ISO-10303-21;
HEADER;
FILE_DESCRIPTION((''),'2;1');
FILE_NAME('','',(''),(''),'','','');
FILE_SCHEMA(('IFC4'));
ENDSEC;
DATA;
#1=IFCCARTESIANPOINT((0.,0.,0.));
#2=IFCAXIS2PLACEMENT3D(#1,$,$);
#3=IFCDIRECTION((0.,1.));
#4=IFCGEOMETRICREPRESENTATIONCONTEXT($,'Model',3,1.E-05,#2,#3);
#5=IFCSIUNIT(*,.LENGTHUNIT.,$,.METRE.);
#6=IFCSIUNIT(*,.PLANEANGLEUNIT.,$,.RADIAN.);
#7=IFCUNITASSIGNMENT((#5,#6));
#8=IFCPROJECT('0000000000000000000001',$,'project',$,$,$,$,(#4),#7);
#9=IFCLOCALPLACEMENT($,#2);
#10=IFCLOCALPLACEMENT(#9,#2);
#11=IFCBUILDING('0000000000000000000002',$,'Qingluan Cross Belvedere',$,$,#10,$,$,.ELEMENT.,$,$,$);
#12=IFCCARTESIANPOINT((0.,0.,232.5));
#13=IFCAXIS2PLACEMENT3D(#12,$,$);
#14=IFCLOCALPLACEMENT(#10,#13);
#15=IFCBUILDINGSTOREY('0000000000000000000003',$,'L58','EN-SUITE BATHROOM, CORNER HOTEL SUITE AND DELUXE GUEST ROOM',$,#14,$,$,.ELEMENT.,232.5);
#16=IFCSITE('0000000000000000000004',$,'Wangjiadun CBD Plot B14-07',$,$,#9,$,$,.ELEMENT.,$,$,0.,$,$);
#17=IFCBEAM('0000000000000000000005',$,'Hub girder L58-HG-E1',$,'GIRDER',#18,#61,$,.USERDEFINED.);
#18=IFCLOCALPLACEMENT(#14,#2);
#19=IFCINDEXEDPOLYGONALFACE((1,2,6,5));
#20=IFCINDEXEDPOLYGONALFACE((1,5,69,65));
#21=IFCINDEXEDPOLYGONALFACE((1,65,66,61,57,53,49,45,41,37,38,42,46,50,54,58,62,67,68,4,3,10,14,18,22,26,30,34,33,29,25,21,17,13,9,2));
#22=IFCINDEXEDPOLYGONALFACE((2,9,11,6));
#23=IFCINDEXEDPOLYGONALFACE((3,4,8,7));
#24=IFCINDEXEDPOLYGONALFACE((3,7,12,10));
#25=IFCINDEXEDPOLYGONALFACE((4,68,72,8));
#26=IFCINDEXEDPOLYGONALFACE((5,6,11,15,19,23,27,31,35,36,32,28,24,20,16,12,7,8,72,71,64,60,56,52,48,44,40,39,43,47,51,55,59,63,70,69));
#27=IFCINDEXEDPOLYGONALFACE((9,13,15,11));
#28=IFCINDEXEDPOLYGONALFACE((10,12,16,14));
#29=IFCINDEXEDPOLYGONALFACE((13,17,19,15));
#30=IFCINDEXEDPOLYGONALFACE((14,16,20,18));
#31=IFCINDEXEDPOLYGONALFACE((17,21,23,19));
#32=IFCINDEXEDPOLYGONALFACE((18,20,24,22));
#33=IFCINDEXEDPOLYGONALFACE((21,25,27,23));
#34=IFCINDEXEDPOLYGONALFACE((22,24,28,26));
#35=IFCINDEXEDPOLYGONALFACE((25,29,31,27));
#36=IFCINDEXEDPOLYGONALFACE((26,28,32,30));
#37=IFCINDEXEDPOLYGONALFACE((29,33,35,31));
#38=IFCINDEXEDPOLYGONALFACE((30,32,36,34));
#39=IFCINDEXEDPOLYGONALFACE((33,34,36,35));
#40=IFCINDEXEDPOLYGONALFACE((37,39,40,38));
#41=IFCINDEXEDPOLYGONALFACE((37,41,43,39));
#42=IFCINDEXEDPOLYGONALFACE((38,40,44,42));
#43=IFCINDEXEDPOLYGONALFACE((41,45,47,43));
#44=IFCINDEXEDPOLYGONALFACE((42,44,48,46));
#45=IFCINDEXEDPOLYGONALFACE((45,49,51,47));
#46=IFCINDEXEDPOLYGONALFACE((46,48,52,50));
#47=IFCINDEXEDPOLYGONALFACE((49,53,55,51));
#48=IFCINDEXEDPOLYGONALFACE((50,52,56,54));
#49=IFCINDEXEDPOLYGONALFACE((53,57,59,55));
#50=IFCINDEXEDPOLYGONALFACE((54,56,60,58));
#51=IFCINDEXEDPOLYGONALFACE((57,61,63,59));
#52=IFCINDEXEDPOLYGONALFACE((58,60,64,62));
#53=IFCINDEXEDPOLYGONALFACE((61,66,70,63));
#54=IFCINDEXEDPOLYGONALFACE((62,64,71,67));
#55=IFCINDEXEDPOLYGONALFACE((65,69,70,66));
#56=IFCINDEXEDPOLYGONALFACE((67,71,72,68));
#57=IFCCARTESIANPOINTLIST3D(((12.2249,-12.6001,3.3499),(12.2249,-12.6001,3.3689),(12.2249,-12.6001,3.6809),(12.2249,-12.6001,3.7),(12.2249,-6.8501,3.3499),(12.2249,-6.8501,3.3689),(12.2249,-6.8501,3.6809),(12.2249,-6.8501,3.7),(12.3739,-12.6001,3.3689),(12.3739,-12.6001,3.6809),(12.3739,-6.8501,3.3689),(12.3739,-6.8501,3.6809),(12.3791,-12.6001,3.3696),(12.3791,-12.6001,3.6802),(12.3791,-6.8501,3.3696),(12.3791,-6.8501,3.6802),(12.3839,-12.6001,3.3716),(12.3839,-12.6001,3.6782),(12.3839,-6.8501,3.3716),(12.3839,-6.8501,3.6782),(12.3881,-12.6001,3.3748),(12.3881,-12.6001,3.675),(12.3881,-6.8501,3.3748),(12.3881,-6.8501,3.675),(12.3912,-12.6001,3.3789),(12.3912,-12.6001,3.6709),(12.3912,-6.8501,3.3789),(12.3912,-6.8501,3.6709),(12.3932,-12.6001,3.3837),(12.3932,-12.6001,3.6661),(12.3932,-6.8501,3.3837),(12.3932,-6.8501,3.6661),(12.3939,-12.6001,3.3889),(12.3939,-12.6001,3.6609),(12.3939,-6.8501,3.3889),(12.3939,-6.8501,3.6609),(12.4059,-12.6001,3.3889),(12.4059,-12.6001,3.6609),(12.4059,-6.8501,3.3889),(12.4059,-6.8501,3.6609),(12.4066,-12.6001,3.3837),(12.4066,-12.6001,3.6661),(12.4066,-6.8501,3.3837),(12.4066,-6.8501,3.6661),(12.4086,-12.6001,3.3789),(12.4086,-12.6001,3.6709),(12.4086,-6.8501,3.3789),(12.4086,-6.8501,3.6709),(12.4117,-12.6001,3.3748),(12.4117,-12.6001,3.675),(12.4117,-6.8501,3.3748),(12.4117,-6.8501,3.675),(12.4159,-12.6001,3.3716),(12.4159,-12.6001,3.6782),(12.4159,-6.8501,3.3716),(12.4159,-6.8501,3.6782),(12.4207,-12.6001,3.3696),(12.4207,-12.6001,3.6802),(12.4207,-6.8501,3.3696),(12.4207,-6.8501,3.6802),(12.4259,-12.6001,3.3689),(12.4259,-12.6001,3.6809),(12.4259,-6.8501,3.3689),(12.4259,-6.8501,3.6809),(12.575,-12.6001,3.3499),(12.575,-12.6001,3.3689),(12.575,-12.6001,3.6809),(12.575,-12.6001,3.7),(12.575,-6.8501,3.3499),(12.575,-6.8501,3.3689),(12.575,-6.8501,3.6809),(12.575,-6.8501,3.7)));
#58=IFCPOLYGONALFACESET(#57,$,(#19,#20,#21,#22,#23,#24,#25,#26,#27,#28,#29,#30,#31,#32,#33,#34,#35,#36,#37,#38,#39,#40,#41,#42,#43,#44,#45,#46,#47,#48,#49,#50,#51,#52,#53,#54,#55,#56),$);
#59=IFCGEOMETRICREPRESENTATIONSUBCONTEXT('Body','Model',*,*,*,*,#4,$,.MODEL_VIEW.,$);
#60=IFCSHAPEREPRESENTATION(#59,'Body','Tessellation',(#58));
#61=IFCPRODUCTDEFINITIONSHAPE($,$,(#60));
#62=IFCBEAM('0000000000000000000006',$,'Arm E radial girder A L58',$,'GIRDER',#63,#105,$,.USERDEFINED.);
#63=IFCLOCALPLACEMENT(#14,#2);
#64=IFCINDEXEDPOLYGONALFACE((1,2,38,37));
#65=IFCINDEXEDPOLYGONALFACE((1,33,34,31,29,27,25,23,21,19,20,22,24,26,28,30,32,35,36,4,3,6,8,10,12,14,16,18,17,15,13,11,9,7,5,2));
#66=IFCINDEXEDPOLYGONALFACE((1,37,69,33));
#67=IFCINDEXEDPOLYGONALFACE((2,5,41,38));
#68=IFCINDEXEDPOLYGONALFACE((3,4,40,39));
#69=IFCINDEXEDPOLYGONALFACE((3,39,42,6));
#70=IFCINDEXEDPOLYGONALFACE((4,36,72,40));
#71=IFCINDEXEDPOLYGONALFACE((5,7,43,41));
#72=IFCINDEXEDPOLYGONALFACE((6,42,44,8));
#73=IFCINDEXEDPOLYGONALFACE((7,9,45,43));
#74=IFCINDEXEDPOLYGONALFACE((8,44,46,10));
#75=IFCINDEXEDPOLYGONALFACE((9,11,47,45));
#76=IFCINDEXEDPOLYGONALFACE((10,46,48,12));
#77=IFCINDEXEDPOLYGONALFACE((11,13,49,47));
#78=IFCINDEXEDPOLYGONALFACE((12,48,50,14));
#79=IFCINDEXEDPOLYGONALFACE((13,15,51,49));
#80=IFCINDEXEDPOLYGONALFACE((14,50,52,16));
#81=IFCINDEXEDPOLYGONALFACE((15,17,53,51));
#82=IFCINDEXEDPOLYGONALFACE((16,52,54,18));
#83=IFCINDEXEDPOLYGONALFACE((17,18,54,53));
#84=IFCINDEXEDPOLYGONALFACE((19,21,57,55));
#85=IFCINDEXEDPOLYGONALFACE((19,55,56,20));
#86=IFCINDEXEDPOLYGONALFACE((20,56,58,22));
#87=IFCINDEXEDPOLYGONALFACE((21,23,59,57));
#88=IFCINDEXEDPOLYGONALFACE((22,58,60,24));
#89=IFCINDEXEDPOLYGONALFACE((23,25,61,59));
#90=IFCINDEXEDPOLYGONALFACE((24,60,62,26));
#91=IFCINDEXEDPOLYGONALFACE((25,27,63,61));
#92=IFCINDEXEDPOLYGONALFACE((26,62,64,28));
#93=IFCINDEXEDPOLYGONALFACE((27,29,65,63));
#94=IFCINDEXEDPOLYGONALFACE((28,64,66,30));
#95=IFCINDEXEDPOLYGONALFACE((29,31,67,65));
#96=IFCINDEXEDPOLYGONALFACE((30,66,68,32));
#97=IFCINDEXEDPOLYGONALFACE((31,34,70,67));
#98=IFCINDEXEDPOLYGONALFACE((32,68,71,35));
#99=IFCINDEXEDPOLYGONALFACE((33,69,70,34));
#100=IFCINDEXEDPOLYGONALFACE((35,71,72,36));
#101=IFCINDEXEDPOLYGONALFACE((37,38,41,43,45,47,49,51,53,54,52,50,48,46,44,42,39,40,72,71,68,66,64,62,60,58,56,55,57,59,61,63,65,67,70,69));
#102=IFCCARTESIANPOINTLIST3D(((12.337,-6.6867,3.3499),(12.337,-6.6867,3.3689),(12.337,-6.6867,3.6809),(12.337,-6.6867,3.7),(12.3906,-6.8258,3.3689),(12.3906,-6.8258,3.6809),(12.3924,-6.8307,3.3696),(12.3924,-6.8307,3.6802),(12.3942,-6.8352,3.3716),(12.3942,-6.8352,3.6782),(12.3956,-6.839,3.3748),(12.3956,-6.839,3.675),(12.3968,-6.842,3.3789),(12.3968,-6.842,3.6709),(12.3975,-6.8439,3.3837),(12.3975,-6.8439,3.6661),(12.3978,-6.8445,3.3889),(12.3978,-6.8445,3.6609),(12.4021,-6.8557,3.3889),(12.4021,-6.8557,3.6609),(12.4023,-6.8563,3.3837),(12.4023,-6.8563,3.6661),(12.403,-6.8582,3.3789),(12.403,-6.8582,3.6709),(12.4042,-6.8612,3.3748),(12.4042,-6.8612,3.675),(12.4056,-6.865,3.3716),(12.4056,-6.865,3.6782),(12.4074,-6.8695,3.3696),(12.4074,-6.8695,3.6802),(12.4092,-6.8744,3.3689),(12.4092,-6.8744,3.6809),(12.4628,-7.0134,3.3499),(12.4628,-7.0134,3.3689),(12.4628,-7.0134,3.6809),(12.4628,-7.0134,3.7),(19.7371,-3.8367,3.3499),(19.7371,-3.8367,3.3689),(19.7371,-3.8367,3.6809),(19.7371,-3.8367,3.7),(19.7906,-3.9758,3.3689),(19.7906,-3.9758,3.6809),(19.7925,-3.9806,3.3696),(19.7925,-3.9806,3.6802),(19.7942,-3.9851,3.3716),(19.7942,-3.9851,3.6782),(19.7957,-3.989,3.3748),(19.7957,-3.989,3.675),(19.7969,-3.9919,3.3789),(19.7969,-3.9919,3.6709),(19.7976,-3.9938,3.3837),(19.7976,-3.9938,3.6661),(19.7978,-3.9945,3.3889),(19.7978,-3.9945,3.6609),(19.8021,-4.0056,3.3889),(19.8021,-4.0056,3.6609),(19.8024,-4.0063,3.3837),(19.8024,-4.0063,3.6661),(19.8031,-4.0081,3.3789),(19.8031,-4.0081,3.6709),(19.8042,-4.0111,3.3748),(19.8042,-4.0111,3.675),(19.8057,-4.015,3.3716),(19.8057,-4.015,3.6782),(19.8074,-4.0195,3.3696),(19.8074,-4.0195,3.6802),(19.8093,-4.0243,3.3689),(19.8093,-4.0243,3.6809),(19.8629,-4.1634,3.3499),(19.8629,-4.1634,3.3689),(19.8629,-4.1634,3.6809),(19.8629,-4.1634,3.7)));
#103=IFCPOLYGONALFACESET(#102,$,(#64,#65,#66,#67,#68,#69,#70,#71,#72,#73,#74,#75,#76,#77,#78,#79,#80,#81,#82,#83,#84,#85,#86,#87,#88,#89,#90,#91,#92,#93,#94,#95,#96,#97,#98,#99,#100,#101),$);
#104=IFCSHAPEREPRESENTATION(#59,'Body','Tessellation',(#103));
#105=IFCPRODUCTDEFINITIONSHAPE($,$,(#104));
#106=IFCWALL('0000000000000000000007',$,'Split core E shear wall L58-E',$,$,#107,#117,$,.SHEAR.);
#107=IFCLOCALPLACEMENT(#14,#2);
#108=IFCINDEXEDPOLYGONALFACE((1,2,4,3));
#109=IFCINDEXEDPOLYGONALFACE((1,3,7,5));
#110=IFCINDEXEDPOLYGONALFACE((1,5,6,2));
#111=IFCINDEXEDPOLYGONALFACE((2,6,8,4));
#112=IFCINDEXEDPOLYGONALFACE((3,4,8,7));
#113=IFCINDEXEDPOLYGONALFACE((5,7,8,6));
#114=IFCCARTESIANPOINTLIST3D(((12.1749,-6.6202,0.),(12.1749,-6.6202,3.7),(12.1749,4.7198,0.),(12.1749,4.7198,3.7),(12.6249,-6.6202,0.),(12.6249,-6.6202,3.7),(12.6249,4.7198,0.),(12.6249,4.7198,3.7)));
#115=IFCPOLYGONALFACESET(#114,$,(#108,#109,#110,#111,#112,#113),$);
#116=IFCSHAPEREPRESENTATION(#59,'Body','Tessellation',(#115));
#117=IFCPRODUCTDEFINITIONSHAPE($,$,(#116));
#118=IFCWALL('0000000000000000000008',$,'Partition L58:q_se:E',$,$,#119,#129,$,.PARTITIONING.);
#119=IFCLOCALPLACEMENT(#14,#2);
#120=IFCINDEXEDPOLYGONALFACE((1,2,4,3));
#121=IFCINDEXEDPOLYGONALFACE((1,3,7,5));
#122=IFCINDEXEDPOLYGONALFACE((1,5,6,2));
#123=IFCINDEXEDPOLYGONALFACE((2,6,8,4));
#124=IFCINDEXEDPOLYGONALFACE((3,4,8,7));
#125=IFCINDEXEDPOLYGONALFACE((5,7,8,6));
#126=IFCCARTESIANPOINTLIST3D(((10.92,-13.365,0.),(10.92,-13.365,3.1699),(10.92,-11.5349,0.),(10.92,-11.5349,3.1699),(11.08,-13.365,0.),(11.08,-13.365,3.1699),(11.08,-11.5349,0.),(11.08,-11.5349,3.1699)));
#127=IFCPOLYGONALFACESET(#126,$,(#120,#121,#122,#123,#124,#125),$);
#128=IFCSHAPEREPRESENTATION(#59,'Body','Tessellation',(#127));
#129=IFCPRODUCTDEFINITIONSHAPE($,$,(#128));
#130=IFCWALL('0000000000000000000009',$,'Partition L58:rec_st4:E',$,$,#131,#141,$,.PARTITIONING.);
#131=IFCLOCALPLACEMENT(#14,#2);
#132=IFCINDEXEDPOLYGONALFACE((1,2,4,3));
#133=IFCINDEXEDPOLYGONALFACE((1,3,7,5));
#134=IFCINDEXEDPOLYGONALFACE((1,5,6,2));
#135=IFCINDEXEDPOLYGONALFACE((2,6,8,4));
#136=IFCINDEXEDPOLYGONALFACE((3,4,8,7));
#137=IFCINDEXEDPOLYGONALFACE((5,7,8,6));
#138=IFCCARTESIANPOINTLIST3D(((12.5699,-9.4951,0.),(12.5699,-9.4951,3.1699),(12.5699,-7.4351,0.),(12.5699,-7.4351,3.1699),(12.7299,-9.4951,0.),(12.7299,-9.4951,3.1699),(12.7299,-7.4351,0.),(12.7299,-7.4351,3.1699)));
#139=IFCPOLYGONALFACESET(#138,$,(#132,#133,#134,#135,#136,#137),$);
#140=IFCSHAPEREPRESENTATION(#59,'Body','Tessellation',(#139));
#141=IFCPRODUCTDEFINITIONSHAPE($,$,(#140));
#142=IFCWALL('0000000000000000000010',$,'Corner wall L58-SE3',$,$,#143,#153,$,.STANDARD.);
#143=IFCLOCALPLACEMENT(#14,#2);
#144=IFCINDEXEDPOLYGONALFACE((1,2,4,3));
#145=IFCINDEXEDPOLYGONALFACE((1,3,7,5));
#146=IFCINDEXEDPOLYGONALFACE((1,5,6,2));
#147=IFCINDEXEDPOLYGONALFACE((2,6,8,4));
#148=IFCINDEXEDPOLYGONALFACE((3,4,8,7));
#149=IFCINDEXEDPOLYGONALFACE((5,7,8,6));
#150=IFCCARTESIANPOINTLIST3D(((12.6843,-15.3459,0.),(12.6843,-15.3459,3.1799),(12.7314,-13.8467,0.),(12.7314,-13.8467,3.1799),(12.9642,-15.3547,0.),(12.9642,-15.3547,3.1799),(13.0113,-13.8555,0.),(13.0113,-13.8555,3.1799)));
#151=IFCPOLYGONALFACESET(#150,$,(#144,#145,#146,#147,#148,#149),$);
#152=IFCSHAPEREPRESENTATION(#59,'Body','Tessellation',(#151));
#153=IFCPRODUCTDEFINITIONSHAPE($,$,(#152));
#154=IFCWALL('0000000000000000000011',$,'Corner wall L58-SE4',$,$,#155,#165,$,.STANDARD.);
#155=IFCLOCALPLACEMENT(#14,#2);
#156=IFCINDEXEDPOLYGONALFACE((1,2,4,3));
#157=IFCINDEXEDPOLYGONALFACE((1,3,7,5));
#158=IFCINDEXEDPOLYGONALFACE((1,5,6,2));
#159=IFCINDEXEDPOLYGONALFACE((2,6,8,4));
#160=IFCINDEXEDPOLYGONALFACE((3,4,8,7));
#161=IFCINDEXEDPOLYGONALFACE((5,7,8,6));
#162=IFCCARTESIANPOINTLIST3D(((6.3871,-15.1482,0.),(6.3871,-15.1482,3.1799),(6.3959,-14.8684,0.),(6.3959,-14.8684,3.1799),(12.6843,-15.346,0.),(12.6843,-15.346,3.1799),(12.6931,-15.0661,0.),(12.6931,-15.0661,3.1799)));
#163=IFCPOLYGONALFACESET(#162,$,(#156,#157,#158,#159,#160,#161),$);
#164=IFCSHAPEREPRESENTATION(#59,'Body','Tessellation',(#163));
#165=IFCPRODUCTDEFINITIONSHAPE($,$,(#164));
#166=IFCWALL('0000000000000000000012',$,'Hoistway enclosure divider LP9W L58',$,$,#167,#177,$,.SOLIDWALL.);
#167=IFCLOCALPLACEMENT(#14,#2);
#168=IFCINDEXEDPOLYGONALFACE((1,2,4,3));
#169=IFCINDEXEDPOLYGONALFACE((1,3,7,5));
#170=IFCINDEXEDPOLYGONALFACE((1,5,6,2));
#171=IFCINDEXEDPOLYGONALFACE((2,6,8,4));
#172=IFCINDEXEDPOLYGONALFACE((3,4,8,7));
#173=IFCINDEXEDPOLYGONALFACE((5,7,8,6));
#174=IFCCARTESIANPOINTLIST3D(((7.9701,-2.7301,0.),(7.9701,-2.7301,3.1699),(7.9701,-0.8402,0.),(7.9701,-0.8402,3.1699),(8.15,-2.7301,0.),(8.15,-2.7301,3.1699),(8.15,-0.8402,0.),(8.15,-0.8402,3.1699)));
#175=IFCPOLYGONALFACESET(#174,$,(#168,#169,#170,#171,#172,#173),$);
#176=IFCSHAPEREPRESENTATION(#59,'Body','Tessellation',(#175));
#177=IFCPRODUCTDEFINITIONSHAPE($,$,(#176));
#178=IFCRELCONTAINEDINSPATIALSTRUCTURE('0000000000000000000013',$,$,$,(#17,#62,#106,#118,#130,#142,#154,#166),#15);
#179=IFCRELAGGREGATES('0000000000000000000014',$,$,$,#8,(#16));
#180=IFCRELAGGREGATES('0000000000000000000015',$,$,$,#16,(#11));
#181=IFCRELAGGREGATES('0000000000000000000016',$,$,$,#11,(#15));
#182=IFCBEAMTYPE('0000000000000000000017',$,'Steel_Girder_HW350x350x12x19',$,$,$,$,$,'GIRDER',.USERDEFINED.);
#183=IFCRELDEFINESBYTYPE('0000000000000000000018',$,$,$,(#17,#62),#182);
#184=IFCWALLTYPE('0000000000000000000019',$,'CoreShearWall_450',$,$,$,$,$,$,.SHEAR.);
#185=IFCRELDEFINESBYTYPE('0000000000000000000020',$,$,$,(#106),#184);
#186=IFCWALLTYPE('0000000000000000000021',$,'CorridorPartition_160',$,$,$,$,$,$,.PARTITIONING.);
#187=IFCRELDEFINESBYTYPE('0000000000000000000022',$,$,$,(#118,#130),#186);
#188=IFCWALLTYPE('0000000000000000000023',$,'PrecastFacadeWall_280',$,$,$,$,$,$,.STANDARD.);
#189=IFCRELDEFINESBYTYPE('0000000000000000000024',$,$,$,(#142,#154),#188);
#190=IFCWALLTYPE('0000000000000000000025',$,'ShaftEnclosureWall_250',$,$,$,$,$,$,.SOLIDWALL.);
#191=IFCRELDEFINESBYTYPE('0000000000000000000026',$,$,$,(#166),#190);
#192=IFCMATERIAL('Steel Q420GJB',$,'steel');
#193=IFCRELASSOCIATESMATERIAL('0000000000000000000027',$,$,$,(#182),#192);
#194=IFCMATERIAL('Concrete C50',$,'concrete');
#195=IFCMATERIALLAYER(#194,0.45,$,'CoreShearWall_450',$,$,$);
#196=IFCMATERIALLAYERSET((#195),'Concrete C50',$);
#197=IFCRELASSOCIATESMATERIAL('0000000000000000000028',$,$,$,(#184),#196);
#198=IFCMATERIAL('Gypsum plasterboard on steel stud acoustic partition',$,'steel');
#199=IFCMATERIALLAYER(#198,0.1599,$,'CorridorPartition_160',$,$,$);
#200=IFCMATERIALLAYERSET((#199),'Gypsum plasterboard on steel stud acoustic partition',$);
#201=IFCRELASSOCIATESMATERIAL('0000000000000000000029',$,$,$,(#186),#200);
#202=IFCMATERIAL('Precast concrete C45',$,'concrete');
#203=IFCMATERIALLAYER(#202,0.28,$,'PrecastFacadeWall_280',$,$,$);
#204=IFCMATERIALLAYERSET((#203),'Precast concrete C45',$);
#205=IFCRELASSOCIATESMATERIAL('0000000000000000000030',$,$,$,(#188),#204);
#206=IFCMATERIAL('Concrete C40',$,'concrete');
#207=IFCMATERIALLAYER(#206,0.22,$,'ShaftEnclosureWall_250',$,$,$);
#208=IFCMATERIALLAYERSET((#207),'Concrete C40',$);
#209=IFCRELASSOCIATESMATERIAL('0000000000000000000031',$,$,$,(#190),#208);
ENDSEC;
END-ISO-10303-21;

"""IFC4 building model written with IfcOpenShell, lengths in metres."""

from ifc_helpers import new_model, si_unit, direction, frame, frame_2d, origin, origin_2d, place, context, subcontext, project, spatial, rectangle, i_section, extrude, material, layer, layer_set, material_profile, profile_set, type_object, element, save


model = new_model("IFC4")

# Units and contexts
model_context = context("Model", 3, precision=1e-05, world=origin(), true_north=direction((0.0, 1.0)))
body_context = subcontext(model_context, "Body", "Model", "MODEL_VIEW")
ifc_project = project(units=[si_unit("LENGTHUNIT", "METRE"), si_unit("PLANEANGLEUNIT", "RADIAN")], contexts=[model_context])

# Site, building, storey
site_placement = place(None, origin())
site = spatial("IfcSite", under=ifc_project, at=site_placement, Name="Wangjiadun CBD Plot B14-07", CompositionType="ELEMENT", RefElevation=0.0)
building_placement = place(site_placement, origin())
building = spatial("IfcBuilding", under=site, at=building_placement, Name="Qingluan Cross Belvedere", CompositionType="ELEMENT")
storey_placement = place(building_placement, frame((0.0, 0.0, 232.5)))
storey = spatial("IfcBuildingStorey", under=building, at=storey_placement, Name="L58", Description="EN-SUITE BATHROOM, CORNER HOTEL SUITE AND DELUXE GUEST ROOM", CompositionType="ELEMENT", Elevation=232.5)

# Beams
ifc_material_1 = material(Name="Steel Q420GJB", Category="steel")
ifc_material_profile_1 = material_profile(ifc_material_1, i_section(OverallWidth=0.3501, OverallDepth=0.3501, WebThickness=0.012, FlangeThickness=0.019, FilletRadius=0.02, at=origin_2d()), Name="HW350x350x12x19")
ifc_profile_set_1 = profile_set([ifc_material_profile_1], Name="Steel Q420GJB")
beam_type_1 = type_object("IfcBeamType", Name="Steel_Girder_HW350x350x12x19", ElementType="GIRDER", PredefinedType="USERDEFINED", material=ifc_profile_set_1)
beam_1_placement = place(storey_placement, frame((12.3999, -12.6001, 3.5249), z_axis=(0.0, 1.0, 0.0), x_axis=(-1.0, 0.0, 0.0)))
element("IfcBeam", 1, at=beam_1_placement, inside=storey, type_object=beam_type_1, Name="Hub girder L58-HG-E1", ObjectType="GIRDER", PredefinedType="USERDEFINED", context=body_context, shape_type="SweptSolid", body=[
    extrude(i_section(OverallWidth=0.3501, OverallDepth=0.3501, WebThickness=0.012, FlangeThickness=0.019, FilletRadius=0.02, at=origin_2d()), origin(), (0.0, 0.0, 1.0), 5.75),
])
beam_2_placement = place(storey_placement, frame((12.3999, -6.8501, 3.5249), z_axis=(0.933181, 0.359406, 0.0), x_axis=(-0.359406, 0.933181, 0.0)))
element("IfcBeam", 2, at=beam_2_placement, inside=storey, type_object=beam_type_1, Name="Arm E radial girder A L58", ObjectType="GIRDER", PredefinedType="USERDEFINED", context=body_context, shape_type="SweptSolid", body=[
    extrude(i_section(OverallWidth=0.3501, OverallDepth=0.3501, WebThickness=0.012, FlangeThickness=0.019, FilletRadius=0.02, at=origin_2d()), origin(), (0.0, 0.0, 1.0), 7.9299),
])

# Walls
ifc_material_2 = material(Name="Concrete C50", Category="concrete")
ifc_layer_1 = layer(ifc_material_2, 0.45, Name="CoreShearWall_450")
ifc_layer_set_1 = layer_set([ifc_layer_1], Name="Concrete C50")
wall_type_1 = type_object("IfcWallType", Name="CoreShearWall_450", PredefinedType="SHEAR", material=ifc_layer_set_1)
wall_1_placement = place(storey_placement, frame((12.3999, -6.6201, 0.0), z_axis=(0.0, 0.0, 1.0), x_axis=(0.0, 1.0, 0.0)))
element("IfcWall", 3, at=wall_1_placement, inside=storey, type_object=wall_type_1, Name="Split core E shear wall L58-E", PredefinedType="SHEAR", context=body_context, shape_type="SweptSolid", body=[
    extrude(rectangle(XDim=11.3401, YDim=0.45, at=frame_2d((5.6699, 0.0))), origin(), (0.0, 0.0, 1.0), 3.7),
])
ifc_material_3 = material(Name="Gypsum plasterboard on steel stud acoustic partition", Category="steel")
ifc_layer_2 = layer(ifc_material_3, 0.1599, Name="CorridorPartition_160")
ifc_layer_set_2 = layer_set([ifc_layer_2], Name="Gypsum plasterboard on steel stud acoustic partition")
wall_type_2 = type_object("IfcWallType", Name="CorridorPartition_160", PredefinedType="PARTITIONING", material=ifc_layer_set_2)
wall_2_placement = place(storey_placement, frame((11.0, -13.365, 0.0), z_axis=(0.0, 0.0, 1.0), x_axis=(0.0, 1.0, 0.0)))
element("IfcWall", 4, at=wall_2_placement, inside=storey, type_object=wall_type_2, Name="Partition L58:q_se:E", PredefinedType="PARTITIONING", context=body_context, shape_type="SweptSolid", body=[
    extrude(rectangle(XDim=1.8301, YDim=0.1599, at=frame_2d((0.915, 0.0))), origin(), (0.0, 0.0, 1.0), 3.1699),
])
wall_3_placement = place(storey_placement, frame((12.6499, -9.4951, 0.0), z_axis=(0.0, 0.0, 1.0), x_axis=(0.0, 1.0, 0.0)))
element("IfcWall", 5, at=wall_3_placement, inside=storey, type_object=wall_type_2, Name="Partition L58:rec_st4:E", PredefinedType="PARTITIONING", context=body_context, shape_type="SweptSolid", body=[
    extrude(rectangle(XDim=2.0601, YDim=0.1599, at=frame_2d((1.03, 0.0))), origin(), (0.0, 0.0, 1.0), 3.1699),
])
ifc_material_4 = material(Name="Precast concrete C45", Category="concrete")
ifc_layer_3 = layer(ifc_material_4, 0.28, Name="PrecastFacadeWall_280")
ifc_layer_set_3 = layer_set([ifc_layer_3], Name="Precast concrete C45")
wall_type_3 = type_object("IfcWallType", Name="PrecastFacadeWall_280", PredefinedType="STANDARD", material=ifc_layer_set_3)
wall_4_placement = place(storey_placement, frame((12.8713, -13.8511, 0.0), z_axis=(0.0, 0.0, 1.0), x_axis=(-0.031413, -0.999507, 0.0)))
element("IfcWall", 6, at=wall_4_placement, inside=storey, type_object=wall_type_3, Name="Corner wall L58-SE3", PredefinedType="STANDARD", context=body_context, shape_type="SweptSolid", body=[
    extrude(rectangle(XDim=1.5, YDim=0.28, at=frame_2d((0.75, 0.0))), origin(), (0.0, 0.0, 1.0), 3.1799),
])
wall_5_placement = place(storey_placement, frame((12.6887, -15.2061, 0.0), z_axis=(0.0, 0.0, 1.0), x_axis=(-0.999507, 0.031388, 0.0)))
element("IfcWall", 7, at=wall_5_placement, inside=storey, type_object=wall_type_3, Name="Corner wall L58-SE4", PredefinedType="STANDARD", context=body_context, shape_type="SweptSolid", body=[
    extrude(rectangle(XDim=6.3003, YDim=0.28, at=frame_2d((3.1501, 0.0))), origin(), (0.0, 0.0, 1.0), 3.1799),
])
ifc_material_5 = material(Name="Concrete C40", Category="concrete")
ifc_layer_4 = layer(ifc_material_5, 0.22, Name="ShaftEnclosureWall_250")
ifc_layer_set_4 = layer_set([ifc_layer_4], Name="Concrete C40")
wall_type_4 = type_object("IfcWallType", Name="ShaftEnclosureWall_250", PredefinedType="SOLIDWALL", material=ifc_layer_set_4)
wall_6_placement = place(storey_placement, frame((8.0601, -2.73, 0.0), z_axis=(0.0, 0.0, 1.0), x_axis=(0.0, 1.0, 0.0)))
element("IfcWall", 8, at=wall_6_placement, inside=storey, type_object=wall_type_4, Name="Hoistway enclosure divider LP9W L58", PredefinedType="SOLIDWALL", context=body_context, shape_type="SweptSolid", body=[
    extrude(rectangle(XDim=1.8899, YDim=0.1799, at=frame_2d((0.9448, 0.0))), origin(), (0.0, 0.0, 1.0), 3.1699),
])

save(model, "model.ifc")
